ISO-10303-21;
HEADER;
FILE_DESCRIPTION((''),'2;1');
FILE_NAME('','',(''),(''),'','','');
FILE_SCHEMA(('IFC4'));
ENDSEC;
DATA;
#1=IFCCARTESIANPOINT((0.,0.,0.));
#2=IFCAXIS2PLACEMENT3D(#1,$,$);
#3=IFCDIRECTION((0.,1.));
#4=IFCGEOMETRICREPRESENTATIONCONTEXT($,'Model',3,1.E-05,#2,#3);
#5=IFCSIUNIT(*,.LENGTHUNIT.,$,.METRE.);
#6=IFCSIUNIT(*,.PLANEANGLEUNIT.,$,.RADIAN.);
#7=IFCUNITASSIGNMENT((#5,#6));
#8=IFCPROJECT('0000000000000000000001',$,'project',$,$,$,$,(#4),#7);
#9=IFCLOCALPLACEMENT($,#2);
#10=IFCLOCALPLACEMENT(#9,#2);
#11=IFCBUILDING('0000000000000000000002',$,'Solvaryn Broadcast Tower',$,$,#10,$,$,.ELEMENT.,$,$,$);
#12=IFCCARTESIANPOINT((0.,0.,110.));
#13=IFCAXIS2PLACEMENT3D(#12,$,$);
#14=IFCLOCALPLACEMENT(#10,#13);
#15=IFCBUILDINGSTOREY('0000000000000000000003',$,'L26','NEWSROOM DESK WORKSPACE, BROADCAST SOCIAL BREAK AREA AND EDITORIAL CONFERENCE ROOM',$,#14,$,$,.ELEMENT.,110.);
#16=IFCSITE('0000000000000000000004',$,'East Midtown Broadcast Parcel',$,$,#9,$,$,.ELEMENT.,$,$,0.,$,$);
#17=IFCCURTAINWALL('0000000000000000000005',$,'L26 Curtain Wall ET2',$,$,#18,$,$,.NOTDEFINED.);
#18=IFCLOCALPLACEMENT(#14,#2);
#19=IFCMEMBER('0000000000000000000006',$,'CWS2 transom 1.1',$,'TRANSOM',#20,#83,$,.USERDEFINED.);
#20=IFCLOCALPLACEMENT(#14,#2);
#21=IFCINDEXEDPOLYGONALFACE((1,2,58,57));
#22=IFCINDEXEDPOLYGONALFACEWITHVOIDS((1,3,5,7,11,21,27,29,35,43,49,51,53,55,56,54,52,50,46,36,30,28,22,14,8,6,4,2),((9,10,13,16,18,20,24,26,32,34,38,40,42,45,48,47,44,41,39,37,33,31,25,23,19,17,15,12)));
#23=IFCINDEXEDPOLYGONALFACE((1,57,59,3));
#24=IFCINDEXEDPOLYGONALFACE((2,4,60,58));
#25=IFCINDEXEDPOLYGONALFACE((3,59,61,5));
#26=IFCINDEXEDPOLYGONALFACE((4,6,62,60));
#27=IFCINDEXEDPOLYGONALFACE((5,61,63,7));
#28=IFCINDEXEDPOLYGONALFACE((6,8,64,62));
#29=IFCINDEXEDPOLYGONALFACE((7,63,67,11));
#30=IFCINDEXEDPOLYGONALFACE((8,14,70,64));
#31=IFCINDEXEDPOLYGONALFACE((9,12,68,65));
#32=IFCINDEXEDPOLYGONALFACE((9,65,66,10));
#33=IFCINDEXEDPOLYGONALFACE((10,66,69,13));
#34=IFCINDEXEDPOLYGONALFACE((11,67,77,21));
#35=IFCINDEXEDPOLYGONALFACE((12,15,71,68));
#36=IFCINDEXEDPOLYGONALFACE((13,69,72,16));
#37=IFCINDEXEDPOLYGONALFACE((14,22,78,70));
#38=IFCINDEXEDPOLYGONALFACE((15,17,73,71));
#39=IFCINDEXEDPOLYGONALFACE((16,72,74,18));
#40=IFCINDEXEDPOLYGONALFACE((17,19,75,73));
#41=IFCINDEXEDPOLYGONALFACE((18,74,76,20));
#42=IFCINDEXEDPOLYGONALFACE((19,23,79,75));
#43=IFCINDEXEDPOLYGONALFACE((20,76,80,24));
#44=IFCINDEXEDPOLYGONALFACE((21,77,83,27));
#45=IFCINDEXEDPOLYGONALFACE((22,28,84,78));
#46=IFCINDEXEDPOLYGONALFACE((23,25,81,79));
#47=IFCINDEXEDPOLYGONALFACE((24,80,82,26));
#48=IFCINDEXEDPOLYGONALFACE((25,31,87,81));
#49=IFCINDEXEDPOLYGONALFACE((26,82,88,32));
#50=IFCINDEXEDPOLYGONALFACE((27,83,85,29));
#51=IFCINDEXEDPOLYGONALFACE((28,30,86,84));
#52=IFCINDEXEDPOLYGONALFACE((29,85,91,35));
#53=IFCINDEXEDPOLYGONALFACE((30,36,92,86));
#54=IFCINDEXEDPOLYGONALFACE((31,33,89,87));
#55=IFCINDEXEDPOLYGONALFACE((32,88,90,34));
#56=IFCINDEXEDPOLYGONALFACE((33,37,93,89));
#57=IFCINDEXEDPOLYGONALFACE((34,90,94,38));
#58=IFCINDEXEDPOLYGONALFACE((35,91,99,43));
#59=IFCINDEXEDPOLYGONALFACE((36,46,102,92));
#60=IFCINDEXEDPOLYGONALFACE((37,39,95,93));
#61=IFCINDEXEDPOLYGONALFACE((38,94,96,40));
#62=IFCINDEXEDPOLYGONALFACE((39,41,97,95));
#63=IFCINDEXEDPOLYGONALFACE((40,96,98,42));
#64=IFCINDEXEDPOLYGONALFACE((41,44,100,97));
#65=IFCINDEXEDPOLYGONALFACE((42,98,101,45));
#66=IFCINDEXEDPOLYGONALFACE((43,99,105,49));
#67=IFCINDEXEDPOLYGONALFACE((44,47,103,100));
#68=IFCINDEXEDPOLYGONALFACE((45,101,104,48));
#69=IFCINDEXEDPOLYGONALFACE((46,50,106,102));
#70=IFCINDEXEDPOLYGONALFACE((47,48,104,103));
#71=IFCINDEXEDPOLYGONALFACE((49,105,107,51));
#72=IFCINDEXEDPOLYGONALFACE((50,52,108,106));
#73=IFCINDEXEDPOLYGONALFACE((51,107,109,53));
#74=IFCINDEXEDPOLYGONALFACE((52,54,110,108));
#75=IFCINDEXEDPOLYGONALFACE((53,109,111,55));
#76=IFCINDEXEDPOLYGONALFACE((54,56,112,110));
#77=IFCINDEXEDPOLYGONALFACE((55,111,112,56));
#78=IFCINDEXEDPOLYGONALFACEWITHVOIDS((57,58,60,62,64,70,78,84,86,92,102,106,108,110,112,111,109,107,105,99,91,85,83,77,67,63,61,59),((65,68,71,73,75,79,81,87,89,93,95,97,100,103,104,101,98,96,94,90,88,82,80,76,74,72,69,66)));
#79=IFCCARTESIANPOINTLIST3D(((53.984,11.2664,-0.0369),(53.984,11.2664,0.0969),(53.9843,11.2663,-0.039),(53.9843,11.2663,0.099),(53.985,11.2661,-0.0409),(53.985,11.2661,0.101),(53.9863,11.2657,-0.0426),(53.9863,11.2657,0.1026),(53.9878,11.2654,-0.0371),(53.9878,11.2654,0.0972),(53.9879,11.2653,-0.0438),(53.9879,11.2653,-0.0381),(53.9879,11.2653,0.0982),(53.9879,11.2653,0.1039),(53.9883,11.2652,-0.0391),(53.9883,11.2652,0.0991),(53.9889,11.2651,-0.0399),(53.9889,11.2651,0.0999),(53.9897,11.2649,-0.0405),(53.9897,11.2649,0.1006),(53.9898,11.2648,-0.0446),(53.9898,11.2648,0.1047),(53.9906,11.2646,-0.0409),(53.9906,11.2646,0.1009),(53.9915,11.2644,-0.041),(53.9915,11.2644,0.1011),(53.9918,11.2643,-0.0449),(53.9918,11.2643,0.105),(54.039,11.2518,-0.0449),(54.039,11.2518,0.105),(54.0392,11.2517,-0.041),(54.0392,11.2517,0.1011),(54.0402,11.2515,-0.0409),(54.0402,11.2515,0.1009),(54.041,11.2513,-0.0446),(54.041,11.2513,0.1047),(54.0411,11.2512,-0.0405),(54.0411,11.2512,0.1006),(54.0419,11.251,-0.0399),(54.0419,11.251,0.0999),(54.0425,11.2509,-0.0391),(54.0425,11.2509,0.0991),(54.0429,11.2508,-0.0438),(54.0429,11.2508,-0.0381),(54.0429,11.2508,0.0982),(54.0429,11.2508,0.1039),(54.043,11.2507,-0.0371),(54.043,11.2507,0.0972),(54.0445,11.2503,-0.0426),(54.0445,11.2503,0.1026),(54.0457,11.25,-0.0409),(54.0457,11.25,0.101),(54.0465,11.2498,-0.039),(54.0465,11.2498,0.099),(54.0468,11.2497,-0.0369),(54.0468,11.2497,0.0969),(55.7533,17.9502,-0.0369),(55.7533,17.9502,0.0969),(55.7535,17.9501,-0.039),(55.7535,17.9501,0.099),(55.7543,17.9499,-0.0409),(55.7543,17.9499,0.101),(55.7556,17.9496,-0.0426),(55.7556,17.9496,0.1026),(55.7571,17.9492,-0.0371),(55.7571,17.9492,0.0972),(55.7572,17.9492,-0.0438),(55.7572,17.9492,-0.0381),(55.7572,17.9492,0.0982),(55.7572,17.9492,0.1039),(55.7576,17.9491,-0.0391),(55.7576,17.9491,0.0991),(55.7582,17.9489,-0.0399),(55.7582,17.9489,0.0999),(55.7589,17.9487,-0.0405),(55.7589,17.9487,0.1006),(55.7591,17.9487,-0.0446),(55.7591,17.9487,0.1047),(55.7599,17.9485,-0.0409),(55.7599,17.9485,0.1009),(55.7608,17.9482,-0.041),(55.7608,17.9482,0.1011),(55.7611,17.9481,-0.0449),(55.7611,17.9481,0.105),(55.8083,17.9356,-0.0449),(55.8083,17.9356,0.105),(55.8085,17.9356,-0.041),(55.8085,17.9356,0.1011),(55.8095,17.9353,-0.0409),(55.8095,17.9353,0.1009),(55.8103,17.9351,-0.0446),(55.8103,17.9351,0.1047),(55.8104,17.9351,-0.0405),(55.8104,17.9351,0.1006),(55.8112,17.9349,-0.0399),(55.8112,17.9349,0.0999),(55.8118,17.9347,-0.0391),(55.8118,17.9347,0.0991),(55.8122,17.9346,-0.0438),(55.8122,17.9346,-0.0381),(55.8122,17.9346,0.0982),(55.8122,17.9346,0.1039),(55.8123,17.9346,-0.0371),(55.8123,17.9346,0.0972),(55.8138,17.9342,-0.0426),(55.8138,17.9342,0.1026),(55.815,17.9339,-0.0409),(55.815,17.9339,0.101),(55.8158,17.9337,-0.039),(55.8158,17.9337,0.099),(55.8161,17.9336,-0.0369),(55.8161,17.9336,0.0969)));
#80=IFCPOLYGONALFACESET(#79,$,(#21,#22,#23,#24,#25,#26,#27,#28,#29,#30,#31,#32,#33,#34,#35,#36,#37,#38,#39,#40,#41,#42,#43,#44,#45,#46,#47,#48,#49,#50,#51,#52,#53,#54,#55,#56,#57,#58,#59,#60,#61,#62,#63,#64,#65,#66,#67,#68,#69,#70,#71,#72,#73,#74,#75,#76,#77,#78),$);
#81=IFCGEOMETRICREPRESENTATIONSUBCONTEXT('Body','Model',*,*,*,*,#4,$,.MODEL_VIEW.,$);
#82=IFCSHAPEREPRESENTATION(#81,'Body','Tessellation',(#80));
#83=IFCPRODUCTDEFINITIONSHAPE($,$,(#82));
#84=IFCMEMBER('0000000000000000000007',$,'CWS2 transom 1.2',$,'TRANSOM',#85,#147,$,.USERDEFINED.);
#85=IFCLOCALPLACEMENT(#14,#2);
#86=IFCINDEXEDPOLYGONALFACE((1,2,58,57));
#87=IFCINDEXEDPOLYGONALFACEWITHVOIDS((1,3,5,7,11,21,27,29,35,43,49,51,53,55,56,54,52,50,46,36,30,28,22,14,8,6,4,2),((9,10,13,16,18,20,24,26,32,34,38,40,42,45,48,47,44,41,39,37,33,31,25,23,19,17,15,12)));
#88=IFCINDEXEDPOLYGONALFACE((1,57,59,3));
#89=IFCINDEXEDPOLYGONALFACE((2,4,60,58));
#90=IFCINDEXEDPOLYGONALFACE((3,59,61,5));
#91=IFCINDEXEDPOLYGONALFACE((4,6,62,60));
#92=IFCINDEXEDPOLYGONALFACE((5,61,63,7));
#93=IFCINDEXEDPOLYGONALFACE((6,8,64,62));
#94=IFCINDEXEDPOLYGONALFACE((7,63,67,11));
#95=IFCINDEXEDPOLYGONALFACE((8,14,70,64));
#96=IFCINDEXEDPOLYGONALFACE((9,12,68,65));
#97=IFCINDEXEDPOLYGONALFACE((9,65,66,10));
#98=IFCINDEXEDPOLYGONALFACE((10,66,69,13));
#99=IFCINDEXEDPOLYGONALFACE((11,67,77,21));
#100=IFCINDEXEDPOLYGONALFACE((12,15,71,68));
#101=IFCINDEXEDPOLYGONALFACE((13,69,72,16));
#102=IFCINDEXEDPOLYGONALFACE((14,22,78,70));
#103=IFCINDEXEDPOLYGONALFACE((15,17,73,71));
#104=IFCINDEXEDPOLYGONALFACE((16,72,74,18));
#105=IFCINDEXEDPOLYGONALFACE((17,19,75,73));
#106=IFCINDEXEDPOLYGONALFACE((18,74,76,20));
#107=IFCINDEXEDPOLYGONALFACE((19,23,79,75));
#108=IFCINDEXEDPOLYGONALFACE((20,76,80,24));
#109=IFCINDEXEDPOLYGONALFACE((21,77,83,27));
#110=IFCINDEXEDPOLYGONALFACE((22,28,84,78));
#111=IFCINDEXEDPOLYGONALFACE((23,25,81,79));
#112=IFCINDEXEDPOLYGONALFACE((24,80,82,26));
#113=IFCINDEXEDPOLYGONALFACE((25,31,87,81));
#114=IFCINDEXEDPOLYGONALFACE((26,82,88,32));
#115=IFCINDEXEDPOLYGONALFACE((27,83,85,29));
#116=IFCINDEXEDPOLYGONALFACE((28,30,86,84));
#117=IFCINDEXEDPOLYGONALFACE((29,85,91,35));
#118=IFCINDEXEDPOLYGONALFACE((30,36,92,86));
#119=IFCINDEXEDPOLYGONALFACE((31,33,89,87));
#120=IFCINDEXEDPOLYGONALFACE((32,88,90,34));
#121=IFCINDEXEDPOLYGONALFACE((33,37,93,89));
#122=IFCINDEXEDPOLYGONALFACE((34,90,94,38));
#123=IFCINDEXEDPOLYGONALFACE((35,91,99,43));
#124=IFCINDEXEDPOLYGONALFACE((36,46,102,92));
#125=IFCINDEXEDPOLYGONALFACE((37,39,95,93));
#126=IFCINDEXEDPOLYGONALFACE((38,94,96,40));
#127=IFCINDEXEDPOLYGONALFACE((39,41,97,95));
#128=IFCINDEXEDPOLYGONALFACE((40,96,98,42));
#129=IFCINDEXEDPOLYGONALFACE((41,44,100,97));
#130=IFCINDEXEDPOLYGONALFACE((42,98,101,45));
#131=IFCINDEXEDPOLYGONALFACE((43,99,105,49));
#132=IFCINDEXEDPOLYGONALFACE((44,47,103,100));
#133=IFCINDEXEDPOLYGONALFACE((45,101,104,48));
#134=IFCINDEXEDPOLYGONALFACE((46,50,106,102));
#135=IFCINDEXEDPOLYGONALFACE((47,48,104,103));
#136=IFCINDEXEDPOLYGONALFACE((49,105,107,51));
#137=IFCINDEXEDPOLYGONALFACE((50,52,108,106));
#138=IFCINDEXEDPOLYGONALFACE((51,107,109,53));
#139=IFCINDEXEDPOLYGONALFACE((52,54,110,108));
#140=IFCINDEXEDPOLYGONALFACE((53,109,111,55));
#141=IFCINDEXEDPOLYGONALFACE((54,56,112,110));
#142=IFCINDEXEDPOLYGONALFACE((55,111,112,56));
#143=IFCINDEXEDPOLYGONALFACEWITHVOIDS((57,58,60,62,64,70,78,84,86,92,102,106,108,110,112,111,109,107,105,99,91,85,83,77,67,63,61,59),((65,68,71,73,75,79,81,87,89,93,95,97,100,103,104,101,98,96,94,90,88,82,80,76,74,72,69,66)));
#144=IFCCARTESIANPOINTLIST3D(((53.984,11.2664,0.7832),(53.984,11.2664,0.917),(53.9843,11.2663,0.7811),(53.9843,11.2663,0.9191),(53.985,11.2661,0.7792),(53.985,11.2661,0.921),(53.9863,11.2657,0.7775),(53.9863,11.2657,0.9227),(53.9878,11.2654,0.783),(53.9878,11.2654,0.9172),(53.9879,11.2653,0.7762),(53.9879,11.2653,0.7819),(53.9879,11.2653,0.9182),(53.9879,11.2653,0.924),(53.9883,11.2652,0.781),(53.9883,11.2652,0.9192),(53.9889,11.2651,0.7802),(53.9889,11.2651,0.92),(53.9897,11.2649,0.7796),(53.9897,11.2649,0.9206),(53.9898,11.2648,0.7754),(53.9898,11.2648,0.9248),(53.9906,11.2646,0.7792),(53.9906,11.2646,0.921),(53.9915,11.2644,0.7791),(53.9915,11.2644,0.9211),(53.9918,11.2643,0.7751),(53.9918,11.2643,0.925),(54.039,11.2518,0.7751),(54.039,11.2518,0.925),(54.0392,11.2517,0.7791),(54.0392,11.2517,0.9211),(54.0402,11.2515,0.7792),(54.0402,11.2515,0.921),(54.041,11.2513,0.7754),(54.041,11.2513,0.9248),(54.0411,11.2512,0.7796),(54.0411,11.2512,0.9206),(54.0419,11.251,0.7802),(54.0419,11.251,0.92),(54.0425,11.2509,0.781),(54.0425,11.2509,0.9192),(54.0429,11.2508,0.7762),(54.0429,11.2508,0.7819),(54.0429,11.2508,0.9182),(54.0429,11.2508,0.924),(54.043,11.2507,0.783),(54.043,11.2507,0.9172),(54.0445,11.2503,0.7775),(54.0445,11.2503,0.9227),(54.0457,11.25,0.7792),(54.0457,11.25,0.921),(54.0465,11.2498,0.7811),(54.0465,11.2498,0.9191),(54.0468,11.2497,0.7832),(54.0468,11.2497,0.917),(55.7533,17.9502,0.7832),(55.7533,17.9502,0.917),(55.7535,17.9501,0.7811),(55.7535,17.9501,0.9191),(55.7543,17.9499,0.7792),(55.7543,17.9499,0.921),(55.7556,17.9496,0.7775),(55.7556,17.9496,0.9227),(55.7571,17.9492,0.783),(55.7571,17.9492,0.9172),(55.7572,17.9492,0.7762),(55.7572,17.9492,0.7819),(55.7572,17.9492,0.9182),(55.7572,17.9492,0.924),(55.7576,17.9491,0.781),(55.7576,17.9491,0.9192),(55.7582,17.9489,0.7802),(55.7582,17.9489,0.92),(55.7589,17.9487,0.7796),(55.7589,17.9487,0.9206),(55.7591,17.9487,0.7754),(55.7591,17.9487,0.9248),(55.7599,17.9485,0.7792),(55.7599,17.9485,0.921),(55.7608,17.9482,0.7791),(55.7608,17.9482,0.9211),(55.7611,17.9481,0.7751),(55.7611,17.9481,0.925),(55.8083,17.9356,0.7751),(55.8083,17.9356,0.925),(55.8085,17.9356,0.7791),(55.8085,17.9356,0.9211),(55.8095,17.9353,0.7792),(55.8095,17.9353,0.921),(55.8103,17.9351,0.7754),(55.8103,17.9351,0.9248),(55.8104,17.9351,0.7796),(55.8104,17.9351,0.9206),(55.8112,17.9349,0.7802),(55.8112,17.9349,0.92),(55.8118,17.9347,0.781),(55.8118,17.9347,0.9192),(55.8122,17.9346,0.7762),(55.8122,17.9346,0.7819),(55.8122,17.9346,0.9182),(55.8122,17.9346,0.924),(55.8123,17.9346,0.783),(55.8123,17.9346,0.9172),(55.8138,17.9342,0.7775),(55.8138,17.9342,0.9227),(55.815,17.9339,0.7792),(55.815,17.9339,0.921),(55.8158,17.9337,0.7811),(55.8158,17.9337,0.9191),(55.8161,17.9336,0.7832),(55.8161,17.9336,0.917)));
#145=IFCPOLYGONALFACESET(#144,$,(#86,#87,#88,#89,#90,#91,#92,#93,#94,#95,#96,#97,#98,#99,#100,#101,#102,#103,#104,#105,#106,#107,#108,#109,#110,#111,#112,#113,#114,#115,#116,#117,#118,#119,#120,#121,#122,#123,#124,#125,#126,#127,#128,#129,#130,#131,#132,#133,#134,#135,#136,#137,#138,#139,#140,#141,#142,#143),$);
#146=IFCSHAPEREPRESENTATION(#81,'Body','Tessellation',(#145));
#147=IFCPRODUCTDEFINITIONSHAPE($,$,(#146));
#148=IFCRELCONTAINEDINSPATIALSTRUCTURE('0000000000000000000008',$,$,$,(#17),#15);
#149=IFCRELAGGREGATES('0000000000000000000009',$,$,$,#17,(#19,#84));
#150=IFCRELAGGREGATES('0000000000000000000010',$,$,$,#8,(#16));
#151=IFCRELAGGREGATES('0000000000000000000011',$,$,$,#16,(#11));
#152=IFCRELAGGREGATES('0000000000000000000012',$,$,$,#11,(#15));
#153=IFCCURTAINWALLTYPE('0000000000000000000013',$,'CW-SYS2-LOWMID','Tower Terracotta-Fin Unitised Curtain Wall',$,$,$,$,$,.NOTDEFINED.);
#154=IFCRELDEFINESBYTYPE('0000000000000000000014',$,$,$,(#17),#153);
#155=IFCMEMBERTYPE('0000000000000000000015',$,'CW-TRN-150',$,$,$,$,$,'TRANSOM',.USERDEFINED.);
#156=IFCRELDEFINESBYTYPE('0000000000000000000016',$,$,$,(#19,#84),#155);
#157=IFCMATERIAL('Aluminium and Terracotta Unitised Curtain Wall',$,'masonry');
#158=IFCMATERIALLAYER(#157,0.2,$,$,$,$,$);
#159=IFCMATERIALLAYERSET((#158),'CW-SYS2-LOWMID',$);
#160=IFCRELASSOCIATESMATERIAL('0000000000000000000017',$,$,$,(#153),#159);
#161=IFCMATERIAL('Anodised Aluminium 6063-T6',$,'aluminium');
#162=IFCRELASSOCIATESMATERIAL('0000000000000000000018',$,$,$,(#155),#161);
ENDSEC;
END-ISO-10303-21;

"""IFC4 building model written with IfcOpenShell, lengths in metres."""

from ifc_helpers import new_model, si_unit, direction, frame, origin, origin_2d, place, context, subcontext, project, spatial, hollow_rectangle, extrude, material, layer, layer_set, material_profile, profile_set, type_object, element, aggregate, save


model = new_model("IFC4")

# Units and contexts
model_context = context("Model", 3, precision=1e-05, world=origin(), true_north=direction((0.0, 1.0)))
body_context = subcontext(model_context, "Body", "Model", "MODEL_VIEW")
ifc_project = project(units=[si_unit("LENGTHUNIT", "METRE"), si_unit("PLANEANGLEUNIT", "RADIAN")], contexts=[model_context])

# Site, building, storey
site_placement = place(None, origin())
site = spatial("IfcSite", under=ifc_project, at=site_placement, Name="East Midtown Broadcast Parcel", CompositionType="ELEMENT", RefElevation=0.0)
building_placement = place(site_placement, origin())
building = spatial("IfcBuilding", under=site, at=building_placement, Name="Solvaryn Broadcast Tower", CompositionType="ELEMENT")
storey_placement = place(building_placement, frame((0.0, 0.0, 110.0)))
storey = spatial("IfcBuildingStorey", under=building, at=storey_placement, Name="L26", Description="NEWSROOM DESK WORKSPACE, BROADCAST SOCIAL BREAK AREA AND EDITORIAL CONFERENCE ROOM", CompositionType="ELEMENT", Elevation=110.0)

# Shared definitions
ifc_material_1 = material(Name="Aluminium and Terracotta Unitised Curtain Wall", Category="masonry")
ifc_layer_1 = layer(ifc_material_1, 0.2)
ifc_layer_set_1 = layer_set([ifc_layer_1], Name="CW-SYS2-LOWMID")
curtain_wall_type = type_object("IfcCurtainWallType", Name="CW-SYS2-LOWMID", Description="Tower Terracotta-Fin Unitised Curtain Wall", PredefinedType="NOTDEFINED", material=ifc_layer_set_1)

# Curtain wall, members
curtain_wall_1_placement = place(storey_placement, origin())
curtain_wall_1 = element("IfcCurtainWall", 1, at=curtain_wall_1_placement, inside=storey, type_object=curtain_wall_type, Name="L26 Curtain Wall ET2", PredefinedType="NOTDEFINED")
ifc_material_2 = material(Name="Anodised Aluminium 6063-T6", Category="aluminium")
ifc_material_profile_1 = material_profile(ifc_material_2, hollow_rectangle(XDim=0.0649, YDim=0.1499, WallThickness=0.0039, InnerFilletRadius=0.0039, OuterFilletRadius=0.0081, at=origin_2d()))
ifc_profile_set_1 = profile_set([ifc_material_profile_1], Name="Anodised Aluminium 6063-T6")
member_type_1 = type_object("IfcMemberType", Name="CW-TRN-150", ElementType="TRANSOM", PredefinedType="USERDEFINED", material=ifc_profile_set_1)
member_1_placement = place(storey_placement, frame((55.7847, 17.9419, 0.03), z_axis=(-0.255897, -0.966704, 0.0), x_axis=(0.966704, -0.255897, 0.0)))
member_1 = element("IfcMember", 2, at=member_1_placement, type_object=member_type_1, Name="CWS2 transom 1.1", ObjectType="TRANSOM", PredefinedType="USERDEFINED", context=body_context, shape_type="SweptSolid", body=[
    extrude(hollow_rectangle(XDim=0.0649, YDim=0.1499, WallThickness=0.0039, InnerFilletRadius=0.0039, OuterFilletRadius=0.0081, at=origin_2d()), origin(), (0.0, 0.0, 1.0), 6.9141),
])
member_2_placement = place(storey_placement, frame((55.7847, 17.9419, 0.8501), z_axis=(-0.255897, -0.966704, 0.0), x_axis=(0.966704, -0.255897, 0.0)))
member_2 = element("IfcMember", 3, at=member_2_placement, type_object=member_type_1, Name="CWS2 transom 1.2", ObjectType="TRANSOM", PredefinedType="USERDEFINED", context=body_context, shape_type="SweptSolid", body=[
    extrude(hollow_rectangle(XDim=0.0649, YDim=0.1499, WallThickness=0.0039, InnerFilletRadius=0.0039, OuterFilletRadius=0.0081, at=origin_2d()), origin(), (0.0, 0.0, 1.0), 6.9141),
])

aggregate(curtain_wall_1, [member_1, member_2])

save(model, "model.ifc")
